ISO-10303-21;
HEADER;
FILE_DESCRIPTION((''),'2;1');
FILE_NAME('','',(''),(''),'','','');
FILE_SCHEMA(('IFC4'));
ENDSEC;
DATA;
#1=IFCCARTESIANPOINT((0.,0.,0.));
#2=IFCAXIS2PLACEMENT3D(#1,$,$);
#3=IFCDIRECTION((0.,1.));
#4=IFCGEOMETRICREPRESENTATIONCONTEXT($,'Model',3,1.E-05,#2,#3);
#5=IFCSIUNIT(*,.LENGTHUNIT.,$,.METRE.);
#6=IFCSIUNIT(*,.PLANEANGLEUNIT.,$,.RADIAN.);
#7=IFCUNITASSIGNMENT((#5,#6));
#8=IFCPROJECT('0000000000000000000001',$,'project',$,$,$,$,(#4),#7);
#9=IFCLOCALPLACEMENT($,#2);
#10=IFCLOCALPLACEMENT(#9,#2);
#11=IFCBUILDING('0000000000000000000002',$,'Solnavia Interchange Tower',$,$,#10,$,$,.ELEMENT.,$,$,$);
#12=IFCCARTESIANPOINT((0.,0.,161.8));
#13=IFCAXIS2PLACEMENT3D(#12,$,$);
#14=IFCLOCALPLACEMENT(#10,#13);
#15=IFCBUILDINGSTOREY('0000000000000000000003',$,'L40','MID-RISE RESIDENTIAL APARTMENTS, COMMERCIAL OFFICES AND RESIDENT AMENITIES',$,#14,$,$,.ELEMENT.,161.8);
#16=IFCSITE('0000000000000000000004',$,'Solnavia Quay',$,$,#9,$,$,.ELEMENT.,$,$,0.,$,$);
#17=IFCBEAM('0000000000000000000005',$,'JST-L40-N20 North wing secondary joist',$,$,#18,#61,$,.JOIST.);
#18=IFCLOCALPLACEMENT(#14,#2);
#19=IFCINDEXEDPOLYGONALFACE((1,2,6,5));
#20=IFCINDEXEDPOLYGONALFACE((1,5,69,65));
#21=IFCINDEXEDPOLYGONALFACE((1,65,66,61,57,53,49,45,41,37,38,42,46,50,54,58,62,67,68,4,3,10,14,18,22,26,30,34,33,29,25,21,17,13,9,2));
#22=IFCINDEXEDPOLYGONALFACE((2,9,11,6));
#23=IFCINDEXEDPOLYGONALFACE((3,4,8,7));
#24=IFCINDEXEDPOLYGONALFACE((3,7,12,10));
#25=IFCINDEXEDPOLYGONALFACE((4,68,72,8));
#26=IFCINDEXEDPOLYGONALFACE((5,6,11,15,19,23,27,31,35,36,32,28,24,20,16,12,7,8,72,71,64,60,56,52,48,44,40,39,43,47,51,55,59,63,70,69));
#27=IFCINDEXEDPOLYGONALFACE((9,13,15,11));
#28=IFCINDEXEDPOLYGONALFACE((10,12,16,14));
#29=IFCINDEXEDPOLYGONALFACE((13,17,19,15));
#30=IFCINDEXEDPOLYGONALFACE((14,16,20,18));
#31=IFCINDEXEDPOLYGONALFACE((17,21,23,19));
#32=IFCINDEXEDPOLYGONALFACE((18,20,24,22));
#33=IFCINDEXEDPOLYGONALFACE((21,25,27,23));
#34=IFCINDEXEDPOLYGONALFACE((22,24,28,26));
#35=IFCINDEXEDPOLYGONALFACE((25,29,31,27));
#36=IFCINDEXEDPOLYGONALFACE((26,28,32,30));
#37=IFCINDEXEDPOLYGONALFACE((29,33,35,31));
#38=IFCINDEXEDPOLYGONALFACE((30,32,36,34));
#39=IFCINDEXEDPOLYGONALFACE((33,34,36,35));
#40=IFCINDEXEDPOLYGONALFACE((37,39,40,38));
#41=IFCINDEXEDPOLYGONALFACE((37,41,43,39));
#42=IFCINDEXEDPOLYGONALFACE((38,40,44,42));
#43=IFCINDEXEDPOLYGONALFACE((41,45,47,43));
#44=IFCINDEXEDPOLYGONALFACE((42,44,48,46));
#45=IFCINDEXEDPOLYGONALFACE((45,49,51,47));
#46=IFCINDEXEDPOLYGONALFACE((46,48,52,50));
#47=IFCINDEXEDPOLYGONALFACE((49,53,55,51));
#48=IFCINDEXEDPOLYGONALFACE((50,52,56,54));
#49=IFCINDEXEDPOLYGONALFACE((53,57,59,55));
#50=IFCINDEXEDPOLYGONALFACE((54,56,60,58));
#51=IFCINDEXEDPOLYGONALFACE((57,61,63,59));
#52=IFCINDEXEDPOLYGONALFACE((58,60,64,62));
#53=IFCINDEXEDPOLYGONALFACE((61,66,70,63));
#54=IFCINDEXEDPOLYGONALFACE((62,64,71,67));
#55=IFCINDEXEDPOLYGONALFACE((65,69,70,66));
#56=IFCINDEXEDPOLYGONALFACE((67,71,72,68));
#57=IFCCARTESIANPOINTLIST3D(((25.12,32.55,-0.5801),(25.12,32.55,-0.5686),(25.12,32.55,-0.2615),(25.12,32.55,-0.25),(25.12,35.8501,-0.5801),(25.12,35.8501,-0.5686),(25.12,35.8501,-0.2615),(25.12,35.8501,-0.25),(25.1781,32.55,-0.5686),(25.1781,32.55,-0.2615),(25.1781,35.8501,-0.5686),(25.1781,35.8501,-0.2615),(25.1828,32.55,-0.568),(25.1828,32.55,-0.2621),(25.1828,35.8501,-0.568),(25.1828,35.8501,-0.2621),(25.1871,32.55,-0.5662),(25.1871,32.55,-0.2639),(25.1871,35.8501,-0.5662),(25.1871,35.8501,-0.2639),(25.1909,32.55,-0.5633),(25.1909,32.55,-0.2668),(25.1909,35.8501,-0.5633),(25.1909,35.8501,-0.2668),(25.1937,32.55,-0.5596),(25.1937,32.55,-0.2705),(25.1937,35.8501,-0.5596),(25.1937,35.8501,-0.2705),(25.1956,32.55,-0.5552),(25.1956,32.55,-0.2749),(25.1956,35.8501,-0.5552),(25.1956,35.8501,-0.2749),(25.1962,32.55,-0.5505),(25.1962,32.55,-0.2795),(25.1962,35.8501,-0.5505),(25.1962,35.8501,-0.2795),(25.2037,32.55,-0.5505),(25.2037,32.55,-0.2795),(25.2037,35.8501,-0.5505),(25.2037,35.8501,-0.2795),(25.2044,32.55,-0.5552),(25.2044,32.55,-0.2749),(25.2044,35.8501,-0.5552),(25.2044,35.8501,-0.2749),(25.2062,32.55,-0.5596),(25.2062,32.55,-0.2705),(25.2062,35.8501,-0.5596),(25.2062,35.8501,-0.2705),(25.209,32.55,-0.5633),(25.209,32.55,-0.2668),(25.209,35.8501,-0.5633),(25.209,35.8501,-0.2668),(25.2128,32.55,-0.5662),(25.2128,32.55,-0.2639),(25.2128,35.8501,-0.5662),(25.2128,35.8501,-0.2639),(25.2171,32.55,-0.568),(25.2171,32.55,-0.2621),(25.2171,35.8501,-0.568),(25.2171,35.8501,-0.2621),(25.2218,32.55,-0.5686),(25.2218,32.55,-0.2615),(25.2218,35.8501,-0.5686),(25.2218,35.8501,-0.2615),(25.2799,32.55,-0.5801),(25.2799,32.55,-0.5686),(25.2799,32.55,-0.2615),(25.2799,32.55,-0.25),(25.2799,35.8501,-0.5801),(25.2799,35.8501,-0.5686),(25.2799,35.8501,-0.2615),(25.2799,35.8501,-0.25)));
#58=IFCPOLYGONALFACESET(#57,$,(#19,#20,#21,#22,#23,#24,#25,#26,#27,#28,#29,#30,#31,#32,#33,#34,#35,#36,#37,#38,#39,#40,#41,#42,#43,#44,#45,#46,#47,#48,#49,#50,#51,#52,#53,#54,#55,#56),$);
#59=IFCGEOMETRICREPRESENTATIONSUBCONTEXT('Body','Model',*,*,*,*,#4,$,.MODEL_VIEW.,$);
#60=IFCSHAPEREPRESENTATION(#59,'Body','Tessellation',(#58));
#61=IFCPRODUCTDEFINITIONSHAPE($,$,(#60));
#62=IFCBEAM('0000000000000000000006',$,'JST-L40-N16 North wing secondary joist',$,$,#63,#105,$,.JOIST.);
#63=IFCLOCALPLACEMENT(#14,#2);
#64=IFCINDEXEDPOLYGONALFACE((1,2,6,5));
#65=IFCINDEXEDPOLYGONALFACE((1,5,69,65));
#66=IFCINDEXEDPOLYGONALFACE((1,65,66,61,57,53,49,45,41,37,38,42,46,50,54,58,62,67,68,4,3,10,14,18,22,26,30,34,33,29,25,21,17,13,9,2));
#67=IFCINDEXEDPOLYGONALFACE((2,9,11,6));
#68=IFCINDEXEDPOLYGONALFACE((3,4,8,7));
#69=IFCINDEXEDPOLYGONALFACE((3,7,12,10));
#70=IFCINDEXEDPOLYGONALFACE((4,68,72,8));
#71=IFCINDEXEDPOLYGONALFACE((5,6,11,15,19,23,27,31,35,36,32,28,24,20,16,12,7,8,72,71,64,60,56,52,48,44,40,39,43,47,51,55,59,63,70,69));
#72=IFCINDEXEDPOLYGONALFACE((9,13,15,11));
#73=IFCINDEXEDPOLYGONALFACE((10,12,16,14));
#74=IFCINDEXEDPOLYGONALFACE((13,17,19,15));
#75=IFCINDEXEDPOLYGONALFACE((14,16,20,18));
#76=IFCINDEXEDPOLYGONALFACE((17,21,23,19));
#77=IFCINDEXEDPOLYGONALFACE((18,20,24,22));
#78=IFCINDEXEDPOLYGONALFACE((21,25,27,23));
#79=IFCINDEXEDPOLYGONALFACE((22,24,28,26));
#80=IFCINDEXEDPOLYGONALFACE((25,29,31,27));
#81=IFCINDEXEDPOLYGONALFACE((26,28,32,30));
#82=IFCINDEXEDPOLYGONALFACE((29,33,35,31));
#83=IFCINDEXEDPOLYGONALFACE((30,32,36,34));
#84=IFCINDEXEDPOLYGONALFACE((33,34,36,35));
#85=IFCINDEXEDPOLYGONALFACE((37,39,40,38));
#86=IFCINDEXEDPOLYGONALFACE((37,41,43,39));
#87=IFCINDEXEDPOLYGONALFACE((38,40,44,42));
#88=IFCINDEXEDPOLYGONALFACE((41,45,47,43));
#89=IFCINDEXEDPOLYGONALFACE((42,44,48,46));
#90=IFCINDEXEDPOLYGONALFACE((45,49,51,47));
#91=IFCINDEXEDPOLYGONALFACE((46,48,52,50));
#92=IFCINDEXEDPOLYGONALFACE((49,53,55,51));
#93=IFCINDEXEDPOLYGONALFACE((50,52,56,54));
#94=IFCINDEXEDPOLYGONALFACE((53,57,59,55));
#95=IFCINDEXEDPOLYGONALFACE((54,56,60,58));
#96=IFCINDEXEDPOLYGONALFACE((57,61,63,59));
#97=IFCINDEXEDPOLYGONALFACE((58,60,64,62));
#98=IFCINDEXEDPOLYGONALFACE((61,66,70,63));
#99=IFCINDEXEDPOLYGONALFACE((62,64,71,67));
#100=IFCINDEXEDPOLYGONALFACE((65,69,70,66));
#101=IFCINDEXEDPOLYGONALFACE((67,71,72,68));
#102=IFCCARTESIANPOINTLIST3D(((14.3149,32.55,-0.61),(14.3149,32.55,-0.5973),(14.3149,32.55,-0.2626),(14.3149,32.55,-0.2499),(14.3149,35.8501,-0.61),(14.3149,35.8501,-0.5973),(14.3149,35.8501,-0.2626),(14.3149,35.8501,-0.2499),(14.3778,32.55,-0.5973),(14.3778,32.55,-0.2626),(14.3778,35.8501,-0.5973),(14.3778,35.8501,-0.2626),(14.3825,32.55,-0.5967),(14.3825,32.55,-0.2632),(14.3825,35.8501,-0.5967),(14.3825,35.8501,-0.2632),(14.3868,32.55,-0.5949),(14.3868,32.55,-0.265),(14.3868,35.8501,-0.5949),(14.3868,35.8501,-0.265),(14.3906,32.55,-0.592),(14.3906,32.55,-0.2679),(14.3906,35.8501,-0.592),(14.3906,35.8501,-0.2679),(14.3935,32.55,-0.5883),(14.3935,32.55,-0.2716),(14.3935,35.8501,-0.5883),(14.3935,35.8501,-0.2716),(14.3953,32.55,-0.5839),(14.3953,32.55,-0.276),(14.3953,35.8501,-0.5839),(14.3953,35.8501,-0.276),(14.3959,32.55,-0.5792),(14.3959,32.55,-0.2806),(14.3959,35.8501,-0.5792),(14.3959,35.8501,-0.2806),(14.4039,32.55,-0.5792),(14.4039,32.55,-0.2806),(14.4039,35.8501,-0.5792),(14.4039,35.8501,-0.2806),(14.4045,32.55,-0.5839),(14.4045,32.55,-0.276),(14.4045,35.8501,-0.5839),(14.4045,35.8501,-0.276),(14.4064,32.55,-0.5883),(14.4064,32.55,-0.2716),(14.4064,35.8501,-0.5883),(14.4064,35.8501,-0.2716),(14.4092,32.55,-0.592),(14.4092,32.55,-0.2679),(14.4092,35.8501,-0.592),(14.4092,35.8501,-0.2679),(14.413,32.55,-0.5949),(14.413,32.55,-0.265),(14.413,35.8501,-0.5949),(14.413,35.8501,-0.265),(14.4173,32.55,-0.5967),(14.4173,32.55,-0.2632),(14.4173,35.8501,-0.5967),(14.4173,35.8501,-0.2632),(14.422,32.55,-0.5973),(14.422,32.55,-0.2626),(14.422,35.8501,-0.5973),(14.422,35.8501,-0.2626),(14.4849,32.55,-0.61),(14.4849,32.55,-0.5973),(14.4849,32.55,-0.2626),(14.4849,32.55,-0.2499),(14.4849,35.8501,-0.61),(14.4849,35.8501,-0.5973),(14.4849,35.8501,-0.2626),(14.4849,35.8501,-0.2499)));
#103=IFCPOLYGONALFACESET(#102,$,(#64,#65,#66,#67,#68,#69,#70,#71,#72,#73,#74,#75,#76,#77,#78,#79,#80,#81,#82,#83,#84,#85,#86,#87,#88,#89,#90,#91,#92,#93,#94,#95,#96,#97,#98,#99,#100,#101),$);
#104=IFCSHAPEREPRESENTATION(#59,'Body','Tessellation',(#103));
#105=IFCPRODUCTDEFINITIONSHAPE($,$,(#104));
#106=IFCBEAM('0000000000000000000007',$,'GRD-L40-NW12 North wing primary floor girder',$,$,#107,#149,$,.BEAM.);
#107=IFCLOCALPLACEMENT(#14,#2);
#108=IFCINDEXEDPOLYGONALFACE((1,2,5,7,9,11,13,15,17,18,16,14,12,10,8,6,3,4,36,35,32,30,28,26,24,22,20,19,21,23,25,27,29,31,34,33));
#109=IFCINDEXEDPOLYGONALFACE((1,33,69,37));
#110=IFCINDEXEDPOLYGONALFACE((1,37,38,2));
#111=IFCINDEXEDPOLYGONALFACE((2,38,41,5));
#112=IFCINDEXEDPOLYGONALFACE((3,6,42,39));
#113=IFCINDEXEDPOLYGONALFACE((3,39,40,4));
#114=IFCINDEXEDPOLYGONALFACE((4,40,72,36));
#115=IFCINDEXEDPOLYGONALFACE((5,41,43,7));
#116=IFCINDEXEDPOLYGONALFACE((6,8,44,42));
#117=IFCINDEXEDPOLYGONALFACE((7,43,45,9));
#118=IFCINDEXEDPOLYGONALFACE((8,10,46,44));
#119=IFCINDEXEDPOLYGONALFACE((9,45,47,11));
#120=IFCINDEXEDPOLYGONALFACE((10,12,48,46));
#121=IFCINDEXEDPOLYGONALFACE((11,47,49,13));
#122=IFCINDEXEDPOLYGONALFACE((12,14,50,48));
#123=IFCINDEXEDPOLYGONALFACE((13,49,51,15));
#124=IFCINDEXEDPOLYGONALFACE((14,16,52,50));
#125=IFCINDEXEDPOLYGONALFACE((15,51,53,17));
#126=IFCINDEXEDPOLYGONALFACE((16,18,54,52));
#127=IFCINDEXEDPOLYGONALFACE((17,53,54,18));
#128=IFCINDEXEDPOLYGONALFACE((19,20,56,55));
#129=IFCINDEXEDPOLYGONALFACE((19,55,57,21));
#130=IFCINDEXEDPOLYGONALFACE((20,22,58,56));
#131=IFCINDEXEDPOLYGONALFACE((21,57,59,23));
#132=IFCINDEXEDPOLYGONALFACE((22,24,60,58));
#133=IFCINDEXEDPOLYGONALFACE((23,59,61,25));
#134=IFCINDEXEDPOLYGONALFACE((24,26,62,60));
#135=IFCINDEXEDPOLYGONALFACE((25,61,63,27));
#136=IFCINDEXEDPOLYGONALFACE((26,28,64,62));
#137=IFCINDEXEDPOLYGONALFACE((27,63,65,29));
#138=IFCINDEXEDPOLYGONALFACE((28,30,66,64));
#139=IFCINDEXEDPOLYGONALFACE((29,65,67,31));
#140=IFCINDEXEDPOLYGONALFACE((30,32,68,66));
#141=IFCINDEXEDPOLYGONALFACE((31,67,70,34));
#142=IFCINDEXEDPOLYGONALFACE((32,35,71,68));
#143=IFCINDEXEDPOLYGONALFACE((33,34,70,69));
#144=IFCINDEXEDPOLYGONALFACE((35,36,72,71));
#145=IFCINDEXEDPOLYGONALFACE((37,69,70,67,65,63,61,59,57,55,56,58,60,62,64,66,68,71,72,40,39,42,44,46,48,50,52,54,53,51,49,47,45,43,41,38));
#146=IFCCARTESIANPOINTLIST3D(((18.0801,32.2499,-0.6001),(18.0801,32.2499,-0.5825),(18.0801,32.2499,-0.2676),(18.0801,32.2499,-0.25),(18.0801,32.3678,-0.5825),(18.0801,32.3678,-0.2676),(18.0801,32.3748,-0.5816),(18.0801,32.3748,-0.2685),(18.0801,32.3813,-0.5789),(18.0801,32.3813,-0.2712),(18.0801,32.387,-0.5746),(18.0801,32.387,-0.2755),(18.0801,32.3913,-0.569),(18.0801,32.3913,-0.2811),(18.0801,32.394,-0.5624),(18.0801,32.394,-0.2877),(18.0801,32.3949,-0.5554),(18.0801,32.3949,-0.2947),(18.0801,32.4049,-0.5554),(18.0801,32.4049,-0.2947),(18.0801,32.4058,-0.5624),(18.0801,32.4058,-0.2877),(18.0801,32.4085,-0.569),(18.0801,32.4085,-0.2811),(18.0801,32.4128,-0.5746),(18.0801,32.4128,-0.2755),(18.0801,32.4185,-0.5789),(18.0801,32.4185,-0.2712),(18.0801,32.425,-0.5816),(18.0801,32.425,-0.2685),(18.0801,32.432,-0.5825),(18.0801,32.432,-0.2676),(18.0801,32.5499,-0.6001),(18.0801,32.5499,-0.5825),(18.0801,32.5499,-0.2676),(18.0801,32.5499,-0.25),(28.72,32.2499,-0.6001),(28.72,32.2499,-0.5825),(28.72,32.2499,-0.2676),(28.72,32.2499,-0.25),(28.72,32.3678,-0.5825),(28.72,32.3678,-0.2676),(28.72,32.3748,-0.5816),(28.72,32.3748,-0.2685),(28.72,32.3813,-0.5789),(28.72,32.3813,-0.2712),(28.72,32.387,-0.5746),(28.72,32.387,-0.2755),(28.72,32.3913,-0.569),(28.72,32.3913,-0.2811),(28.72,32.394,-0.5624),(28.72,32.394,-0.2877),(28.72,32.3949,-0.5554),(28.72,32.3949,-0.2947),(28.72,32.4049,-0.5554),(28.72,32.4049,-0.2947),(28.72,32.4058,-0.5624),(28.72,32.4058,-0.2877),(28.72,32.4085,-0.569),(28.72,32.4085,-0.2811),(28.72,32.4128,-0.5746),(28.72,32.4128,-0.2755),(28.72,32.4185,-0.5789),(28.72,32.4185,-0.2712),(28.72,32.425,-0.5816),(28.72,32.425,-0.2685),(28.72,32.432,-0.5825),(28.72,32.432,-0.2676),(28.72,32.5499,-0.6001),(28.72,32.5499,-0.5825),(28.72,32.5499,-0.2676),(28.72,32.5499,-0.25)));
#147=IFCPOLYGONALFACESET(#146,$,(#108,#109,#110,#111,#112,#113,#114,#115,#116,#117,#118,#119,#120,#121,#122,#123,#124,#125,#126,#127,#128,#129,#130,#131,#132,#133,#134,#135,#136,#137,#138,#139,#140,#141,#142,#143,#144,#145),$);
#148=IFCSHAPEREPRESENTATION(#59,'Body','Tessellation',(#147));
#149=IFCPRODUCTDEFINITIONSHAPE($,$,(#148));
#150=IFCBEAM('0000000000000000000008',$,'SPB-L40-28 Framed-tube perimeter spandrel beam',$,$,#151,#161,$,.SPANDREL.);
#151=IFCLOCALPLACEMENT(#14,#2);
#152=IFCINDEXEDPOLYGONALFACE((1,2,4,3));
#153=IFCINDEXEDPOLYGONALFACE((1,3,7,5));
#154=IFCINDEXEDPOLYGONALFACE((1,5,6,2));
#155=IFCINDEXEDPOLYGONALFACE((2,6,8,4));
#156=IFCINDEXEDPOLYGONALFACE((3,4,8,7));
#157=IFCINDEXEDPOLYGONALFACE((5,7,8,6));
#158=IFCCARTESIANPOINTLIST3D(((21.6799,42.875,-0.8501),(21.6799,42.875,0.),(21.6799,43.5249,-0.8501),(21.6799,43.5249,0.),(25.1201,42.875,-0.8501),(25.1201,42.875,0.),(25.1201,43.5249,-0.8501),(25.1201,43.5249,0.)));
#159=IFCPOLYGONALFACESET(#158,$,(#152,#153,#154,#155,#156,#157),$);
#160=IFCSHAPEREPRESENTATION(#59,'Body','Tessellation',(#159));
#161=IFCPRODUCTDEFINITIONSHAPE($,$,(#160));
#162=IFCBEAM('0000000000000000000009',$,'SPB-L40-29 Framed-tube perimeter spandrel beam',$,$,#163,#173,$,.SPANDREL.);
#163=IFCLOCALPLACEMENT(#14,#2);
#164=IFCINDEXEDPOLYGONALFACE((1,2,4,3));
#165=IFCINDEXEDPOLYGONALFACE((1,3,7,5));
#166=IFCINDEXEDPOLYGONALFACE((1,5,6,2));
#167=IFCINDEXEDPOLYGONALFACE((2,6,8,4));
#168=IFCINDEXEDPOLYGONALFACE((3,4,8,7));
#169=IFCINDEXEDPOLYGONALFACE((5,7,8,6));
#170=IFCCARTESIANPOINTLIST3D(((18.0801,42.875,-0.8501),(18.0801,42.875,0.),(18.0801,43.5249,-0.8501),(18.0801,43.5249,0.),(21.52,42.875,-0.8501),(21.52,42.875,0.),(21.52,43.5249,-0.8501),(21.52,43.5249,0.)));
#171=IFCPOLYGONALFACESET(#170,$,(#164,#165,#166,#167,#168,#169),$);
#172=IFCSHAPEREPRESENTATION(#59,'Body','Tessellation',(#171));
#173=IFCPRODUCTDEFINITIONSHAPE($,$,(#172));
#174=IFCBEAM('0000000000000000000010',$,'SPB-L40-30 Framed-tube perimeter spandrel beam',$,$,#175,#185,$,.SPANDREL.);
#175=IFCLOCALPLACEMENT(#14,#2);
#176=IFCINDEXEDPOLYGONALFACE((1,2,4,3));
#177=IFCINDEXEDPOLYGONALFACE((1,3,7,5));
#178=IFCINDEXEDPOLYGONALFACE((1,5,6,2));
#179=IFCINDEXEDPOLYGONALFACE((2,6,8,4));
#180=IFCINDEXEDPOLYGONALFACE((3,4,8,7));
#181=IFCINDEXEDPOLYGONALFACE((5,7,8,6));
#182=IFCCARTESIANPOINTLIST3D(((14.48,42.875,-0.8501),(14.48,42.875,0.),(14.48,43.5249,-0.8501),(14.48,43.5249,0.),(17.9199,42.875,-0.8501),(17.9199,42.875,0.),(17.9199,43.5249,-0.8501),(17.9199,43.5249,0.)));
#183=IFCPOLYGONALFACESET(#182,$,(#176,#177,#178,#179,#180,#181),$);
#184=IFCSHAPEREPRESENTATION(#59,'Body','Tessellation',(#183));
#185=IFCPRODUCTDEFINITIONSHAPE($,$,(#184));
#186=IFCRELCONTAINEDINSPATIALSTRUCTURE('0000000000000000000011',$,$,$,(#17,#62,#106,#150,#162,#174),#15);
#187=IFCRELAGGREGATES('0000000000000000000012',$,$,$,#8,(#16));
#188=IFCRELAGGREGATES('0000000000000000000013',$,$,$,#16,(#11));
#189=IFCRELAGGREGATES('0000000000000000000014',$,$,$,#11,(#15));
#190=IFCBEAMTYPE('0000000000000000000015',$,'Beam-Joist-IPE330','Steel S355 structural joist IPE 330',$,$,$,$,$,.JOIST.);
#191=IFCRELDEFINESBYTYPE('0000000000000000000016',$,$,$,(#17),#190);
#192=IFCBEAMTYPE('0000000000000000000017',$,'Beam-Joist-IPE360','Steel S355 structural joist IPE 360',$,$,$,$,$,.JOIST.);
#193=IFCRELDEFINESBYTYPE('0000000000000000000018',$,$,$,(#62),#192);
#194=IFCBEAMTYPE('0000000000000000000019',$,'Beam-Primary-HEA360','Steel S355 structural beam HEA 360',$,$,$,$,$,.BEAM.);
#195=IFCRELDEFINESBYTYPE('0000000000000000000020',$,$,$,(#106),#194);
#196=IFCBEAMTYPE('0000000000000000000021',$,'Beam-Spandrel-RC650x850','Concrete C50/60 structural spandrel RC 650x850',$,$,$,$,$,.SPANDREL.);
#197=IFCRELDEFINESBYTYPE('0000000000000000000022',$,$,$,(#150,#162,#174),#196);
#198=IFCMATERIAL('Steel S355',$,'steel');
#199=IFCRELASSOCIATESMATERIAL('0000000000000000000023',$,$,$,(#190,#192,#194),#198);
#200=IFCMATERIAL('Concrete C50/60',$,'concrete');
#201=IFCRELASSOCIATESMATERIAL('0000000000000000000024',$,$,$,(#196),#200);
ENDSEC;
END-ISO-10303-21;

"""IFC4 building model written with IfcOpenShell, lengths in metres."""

from ifc_helpers import new_model, si_unit, direction, frame, origin, origin_2d, place, context, subcontext, project, spatial, rectangle, i_section, extrude, material, material_profile, profile_set, type_object, element, save


model = new_model("IFC4")

# Units and contexts
model_context = context("Model", 3, precision=1e-05, world=origin(), true_north=direction((0.0, 1.0)))
body_context = subcontext(model_context, "Body", "Model", "MODEL_VIEW")
ifc_project = project(units=[si_unit("LENGTHUNIT", "METRE"), si_unit("PLANEANGLEUNIT", "RADIAN")], contexts=[model_context])

# Site, building, storey
site_placement = place(None, origin())
site = spatial("IfcSite", under=ifc_project, at=site_placement, Name="Solnavia Quay", CompositionType="ELEMENT", RefElevation=0.0)
building_placement = place(site_placement, origin())
building = spatial("IfcBuilding", under=site, at=building_placement, Name="Solnavia Interchange Tower", CompositionType="ELEMENT")
storey_placement = place(building_placement, frame((0.0, 0.0, 161.8)))
storey = spatial("IfcBuildingStorey", under=building, at=storey_placement, Name="L40", Description="MID-RISE RESIDENTIAL APARTMENTS, COMMERCIAL OFFICES AND RESIDENT AMENITIES", CompositionType="ELEMENT", Elevation=161.8)

# Shared definitions
ifc_material_1 = material(Name="Concrete C50/60", Category="concrete")

# Beams
ifc_material_2 = material(Name="Steel S355", Category="steel")
ifc_material_profile_1 = material_profile(ifc_material_2, i_section(OverallWidth=0.1599, OverallDepth=0.3301, WebThickness=0.0076, FlangeThickness=0.0115, FilletRadius=0.0181, at=origin_2d()), Name="IPE 330")
ifc_profile_set_1 = profile_set([ifc_material_profile_1], Name="Steel S355")
beam_type_1 = type_object("IfcBeamType", Name="Beam-Joist-IPE330", Description="Steel S355 structural joist IPE 330", PredefinedType="JOIST", material=ifc_profile_set_1)
beam_1_placement = place(storey_placement, frame((25.2, 32.55, -0.415), z_axis=(0.0, 1.0, 0.0), x_axis=(-1.0, 0.0, 0.0)))
element("IfcBeam", 1, at=beam_1_placement, inside=storey, type_object=beam_type_1, Name="JST-L40-N20 North wing secondary joist", PredefinedType="JOIST", context=body_context, shape_type="SweptSolid", body=[
    extrude(i_section(OverallWidth=0.1599, OverallDepth=0.3301, WebThickness=0.0076, FlangeThickness=0.0115, FilletRadius=0.0181, at=origin_2d()), origin(), (0.0, 0.0, 1.0), 3.3),
])
ifc_material_profile_2 = material_profile(ifc_material_2, i_section(OverallWidth=0.1699, OverallDepth=0.3601, WebThickness=0.0081, FlangeThickness=0.0127, FilletRadius=0.0181, at=origin_2d()), Name="IPE 360")
ifc_profile_set_2 = profile_set([ifc_material_profile_2], Name="Steel S355")
beam_type_2 = type_object("IfcBeamType", Name="Beam-Joist-IPE360", Description="Steel S355 structural joist IPE 360", PredefinedType="JOIST", material=ifc_profile_set_2)
beam_2_placement = place(storey_placement, frame((14.3999, 32.55, -0.4299), z_axis=(0.0, 1.0, 0.0), x_axis=(-1.0, 0.0, 0.0)))
element("IfcBeam", 2, at=beam_2_placement, inside=storey, type_object=beam_type_2, Name="JST-L40-N16 North wing secondary joist", PredefinedType="JOIST", context=body_context, shape_type="SweptSolid", body=[
    extrude(i_section(OverallWidth=0.1699, OverallDepth=0.3601, WebThickness=0.0081, FlangeThickness=0.0127, FilletRadius=0.0181, at=origin_2d()), origin(), (0.0, 0.0, 1.0), 3.3),
])
ifc_material_profile_3 = material_profile(ifc_material_2, i_section(OverallWidth=0.3, OverallDepth=0.3501, WebThickness=0.01, FlangeThickness=0.0176, FilletRadius=0.0271, at=origin_2d()), Name="HEA 360")
ifc_profile_set_3 = profile_set([ifc_material_profile_3], Name="Steel S355")
beam_type_3 = type_object("IfcBeamType", Name="Beam-Primary-HEA360", Description="Steel S355 structural beam HEA 360", PredefinedType="BEAM", material=ifc_profile_set_3)
beam_3_placement = place(storey_placement, frame((18.0801, 32.3999, -0.425), z_axis=(1.0, 0.0, 0.0), x_axis=(0.0, 1.0, 0.0)))
element("IfcBeam", 3, at=beam_3_placement, inside=storey, type_object=beam_type_3, Name="GRD-L40-NW12 North wing primary floor girder", PredefinedType="BEAM", context=body_context, shape_type="SweptSolid", body=[
    extrude(i_section(OverallWidth=0.3, OverallDepth=0.3501, WebThickness=0.01, FlangeThickness=0.0176, FilletRadius=0.0271, at=origin_2d()), origin(), (0.0, 0.0, 1.0), 10.6399),
])
ifc_material_profile_4 = material_profile(ifc_material_1, rectangle(XDim=0.6499, YDim=0.8501, at=origin_2d()), Name="RC 650x850")
ifc_profile_set_4 = profile_set([ifc_material_profile_4], Name="Concrete C50/60")
beam_type_4 = type_object("IfcBeamType", Name="Beam-Spandrel-RC650x850", Description="Concrete C50/60 structural spandrel RC 650x850", PredefinedType="SPANDREL", material=ifc_profile_set_4)
beam_4_placement = place(storey_placement, frame((25.1201, 43.2, -0.425), z_axis=(-1.0, 0.0, 0.0), x_axis=(0.0, -1.0, 0.0)))
element("IfcBeam", 4, at=beam_4_placement, inside=storey, type_object=beam_type_4, Name="SPB-L40-28 Framed-tube perimeter spandrel beam", PredefinedType="SPANDREL", context=body_context, shape_type="SweptSolid", body=[
    extrude(rectangle(XDim=0.6499, YDim=0.8501, at=origin_2d()), origin(), (0.0, 0.0, 1.0), 3.4402),
])
for number, where, z_axis, x_axis, name in (
    (5, (21.52, 43.2, -0.425), (-1.0, 0.0, 0.0), (0.0, -1.0, 0.0), "SPB-L40-29 Framed-tube perimeter spandrel beam"),
    (6, (17.9199, 43.2, -0.425), (-1.0, 0.0, 0.0), (0.0, -1.0, 0.0), "SPB-L40-30 Framed-tube perimeter spandrel beam"),
):
    element("IfcBeam", number, at=place(storey_placement, frame(where, z_axis=z_axis, x_axis=x_axis)), inside=storey, type_object=beam_type_4, Name=name, PredefinedType="SPANDREL", context=body_context, shape_type="SweptSolid", body=[
        extrude(rectangle(XDim=0.6499, YDim=0.8501, at=origin_2d()), origin(), (0.0, 0.0, 1.0), 3.4399),
    ])

save(model, "model.ifc")
